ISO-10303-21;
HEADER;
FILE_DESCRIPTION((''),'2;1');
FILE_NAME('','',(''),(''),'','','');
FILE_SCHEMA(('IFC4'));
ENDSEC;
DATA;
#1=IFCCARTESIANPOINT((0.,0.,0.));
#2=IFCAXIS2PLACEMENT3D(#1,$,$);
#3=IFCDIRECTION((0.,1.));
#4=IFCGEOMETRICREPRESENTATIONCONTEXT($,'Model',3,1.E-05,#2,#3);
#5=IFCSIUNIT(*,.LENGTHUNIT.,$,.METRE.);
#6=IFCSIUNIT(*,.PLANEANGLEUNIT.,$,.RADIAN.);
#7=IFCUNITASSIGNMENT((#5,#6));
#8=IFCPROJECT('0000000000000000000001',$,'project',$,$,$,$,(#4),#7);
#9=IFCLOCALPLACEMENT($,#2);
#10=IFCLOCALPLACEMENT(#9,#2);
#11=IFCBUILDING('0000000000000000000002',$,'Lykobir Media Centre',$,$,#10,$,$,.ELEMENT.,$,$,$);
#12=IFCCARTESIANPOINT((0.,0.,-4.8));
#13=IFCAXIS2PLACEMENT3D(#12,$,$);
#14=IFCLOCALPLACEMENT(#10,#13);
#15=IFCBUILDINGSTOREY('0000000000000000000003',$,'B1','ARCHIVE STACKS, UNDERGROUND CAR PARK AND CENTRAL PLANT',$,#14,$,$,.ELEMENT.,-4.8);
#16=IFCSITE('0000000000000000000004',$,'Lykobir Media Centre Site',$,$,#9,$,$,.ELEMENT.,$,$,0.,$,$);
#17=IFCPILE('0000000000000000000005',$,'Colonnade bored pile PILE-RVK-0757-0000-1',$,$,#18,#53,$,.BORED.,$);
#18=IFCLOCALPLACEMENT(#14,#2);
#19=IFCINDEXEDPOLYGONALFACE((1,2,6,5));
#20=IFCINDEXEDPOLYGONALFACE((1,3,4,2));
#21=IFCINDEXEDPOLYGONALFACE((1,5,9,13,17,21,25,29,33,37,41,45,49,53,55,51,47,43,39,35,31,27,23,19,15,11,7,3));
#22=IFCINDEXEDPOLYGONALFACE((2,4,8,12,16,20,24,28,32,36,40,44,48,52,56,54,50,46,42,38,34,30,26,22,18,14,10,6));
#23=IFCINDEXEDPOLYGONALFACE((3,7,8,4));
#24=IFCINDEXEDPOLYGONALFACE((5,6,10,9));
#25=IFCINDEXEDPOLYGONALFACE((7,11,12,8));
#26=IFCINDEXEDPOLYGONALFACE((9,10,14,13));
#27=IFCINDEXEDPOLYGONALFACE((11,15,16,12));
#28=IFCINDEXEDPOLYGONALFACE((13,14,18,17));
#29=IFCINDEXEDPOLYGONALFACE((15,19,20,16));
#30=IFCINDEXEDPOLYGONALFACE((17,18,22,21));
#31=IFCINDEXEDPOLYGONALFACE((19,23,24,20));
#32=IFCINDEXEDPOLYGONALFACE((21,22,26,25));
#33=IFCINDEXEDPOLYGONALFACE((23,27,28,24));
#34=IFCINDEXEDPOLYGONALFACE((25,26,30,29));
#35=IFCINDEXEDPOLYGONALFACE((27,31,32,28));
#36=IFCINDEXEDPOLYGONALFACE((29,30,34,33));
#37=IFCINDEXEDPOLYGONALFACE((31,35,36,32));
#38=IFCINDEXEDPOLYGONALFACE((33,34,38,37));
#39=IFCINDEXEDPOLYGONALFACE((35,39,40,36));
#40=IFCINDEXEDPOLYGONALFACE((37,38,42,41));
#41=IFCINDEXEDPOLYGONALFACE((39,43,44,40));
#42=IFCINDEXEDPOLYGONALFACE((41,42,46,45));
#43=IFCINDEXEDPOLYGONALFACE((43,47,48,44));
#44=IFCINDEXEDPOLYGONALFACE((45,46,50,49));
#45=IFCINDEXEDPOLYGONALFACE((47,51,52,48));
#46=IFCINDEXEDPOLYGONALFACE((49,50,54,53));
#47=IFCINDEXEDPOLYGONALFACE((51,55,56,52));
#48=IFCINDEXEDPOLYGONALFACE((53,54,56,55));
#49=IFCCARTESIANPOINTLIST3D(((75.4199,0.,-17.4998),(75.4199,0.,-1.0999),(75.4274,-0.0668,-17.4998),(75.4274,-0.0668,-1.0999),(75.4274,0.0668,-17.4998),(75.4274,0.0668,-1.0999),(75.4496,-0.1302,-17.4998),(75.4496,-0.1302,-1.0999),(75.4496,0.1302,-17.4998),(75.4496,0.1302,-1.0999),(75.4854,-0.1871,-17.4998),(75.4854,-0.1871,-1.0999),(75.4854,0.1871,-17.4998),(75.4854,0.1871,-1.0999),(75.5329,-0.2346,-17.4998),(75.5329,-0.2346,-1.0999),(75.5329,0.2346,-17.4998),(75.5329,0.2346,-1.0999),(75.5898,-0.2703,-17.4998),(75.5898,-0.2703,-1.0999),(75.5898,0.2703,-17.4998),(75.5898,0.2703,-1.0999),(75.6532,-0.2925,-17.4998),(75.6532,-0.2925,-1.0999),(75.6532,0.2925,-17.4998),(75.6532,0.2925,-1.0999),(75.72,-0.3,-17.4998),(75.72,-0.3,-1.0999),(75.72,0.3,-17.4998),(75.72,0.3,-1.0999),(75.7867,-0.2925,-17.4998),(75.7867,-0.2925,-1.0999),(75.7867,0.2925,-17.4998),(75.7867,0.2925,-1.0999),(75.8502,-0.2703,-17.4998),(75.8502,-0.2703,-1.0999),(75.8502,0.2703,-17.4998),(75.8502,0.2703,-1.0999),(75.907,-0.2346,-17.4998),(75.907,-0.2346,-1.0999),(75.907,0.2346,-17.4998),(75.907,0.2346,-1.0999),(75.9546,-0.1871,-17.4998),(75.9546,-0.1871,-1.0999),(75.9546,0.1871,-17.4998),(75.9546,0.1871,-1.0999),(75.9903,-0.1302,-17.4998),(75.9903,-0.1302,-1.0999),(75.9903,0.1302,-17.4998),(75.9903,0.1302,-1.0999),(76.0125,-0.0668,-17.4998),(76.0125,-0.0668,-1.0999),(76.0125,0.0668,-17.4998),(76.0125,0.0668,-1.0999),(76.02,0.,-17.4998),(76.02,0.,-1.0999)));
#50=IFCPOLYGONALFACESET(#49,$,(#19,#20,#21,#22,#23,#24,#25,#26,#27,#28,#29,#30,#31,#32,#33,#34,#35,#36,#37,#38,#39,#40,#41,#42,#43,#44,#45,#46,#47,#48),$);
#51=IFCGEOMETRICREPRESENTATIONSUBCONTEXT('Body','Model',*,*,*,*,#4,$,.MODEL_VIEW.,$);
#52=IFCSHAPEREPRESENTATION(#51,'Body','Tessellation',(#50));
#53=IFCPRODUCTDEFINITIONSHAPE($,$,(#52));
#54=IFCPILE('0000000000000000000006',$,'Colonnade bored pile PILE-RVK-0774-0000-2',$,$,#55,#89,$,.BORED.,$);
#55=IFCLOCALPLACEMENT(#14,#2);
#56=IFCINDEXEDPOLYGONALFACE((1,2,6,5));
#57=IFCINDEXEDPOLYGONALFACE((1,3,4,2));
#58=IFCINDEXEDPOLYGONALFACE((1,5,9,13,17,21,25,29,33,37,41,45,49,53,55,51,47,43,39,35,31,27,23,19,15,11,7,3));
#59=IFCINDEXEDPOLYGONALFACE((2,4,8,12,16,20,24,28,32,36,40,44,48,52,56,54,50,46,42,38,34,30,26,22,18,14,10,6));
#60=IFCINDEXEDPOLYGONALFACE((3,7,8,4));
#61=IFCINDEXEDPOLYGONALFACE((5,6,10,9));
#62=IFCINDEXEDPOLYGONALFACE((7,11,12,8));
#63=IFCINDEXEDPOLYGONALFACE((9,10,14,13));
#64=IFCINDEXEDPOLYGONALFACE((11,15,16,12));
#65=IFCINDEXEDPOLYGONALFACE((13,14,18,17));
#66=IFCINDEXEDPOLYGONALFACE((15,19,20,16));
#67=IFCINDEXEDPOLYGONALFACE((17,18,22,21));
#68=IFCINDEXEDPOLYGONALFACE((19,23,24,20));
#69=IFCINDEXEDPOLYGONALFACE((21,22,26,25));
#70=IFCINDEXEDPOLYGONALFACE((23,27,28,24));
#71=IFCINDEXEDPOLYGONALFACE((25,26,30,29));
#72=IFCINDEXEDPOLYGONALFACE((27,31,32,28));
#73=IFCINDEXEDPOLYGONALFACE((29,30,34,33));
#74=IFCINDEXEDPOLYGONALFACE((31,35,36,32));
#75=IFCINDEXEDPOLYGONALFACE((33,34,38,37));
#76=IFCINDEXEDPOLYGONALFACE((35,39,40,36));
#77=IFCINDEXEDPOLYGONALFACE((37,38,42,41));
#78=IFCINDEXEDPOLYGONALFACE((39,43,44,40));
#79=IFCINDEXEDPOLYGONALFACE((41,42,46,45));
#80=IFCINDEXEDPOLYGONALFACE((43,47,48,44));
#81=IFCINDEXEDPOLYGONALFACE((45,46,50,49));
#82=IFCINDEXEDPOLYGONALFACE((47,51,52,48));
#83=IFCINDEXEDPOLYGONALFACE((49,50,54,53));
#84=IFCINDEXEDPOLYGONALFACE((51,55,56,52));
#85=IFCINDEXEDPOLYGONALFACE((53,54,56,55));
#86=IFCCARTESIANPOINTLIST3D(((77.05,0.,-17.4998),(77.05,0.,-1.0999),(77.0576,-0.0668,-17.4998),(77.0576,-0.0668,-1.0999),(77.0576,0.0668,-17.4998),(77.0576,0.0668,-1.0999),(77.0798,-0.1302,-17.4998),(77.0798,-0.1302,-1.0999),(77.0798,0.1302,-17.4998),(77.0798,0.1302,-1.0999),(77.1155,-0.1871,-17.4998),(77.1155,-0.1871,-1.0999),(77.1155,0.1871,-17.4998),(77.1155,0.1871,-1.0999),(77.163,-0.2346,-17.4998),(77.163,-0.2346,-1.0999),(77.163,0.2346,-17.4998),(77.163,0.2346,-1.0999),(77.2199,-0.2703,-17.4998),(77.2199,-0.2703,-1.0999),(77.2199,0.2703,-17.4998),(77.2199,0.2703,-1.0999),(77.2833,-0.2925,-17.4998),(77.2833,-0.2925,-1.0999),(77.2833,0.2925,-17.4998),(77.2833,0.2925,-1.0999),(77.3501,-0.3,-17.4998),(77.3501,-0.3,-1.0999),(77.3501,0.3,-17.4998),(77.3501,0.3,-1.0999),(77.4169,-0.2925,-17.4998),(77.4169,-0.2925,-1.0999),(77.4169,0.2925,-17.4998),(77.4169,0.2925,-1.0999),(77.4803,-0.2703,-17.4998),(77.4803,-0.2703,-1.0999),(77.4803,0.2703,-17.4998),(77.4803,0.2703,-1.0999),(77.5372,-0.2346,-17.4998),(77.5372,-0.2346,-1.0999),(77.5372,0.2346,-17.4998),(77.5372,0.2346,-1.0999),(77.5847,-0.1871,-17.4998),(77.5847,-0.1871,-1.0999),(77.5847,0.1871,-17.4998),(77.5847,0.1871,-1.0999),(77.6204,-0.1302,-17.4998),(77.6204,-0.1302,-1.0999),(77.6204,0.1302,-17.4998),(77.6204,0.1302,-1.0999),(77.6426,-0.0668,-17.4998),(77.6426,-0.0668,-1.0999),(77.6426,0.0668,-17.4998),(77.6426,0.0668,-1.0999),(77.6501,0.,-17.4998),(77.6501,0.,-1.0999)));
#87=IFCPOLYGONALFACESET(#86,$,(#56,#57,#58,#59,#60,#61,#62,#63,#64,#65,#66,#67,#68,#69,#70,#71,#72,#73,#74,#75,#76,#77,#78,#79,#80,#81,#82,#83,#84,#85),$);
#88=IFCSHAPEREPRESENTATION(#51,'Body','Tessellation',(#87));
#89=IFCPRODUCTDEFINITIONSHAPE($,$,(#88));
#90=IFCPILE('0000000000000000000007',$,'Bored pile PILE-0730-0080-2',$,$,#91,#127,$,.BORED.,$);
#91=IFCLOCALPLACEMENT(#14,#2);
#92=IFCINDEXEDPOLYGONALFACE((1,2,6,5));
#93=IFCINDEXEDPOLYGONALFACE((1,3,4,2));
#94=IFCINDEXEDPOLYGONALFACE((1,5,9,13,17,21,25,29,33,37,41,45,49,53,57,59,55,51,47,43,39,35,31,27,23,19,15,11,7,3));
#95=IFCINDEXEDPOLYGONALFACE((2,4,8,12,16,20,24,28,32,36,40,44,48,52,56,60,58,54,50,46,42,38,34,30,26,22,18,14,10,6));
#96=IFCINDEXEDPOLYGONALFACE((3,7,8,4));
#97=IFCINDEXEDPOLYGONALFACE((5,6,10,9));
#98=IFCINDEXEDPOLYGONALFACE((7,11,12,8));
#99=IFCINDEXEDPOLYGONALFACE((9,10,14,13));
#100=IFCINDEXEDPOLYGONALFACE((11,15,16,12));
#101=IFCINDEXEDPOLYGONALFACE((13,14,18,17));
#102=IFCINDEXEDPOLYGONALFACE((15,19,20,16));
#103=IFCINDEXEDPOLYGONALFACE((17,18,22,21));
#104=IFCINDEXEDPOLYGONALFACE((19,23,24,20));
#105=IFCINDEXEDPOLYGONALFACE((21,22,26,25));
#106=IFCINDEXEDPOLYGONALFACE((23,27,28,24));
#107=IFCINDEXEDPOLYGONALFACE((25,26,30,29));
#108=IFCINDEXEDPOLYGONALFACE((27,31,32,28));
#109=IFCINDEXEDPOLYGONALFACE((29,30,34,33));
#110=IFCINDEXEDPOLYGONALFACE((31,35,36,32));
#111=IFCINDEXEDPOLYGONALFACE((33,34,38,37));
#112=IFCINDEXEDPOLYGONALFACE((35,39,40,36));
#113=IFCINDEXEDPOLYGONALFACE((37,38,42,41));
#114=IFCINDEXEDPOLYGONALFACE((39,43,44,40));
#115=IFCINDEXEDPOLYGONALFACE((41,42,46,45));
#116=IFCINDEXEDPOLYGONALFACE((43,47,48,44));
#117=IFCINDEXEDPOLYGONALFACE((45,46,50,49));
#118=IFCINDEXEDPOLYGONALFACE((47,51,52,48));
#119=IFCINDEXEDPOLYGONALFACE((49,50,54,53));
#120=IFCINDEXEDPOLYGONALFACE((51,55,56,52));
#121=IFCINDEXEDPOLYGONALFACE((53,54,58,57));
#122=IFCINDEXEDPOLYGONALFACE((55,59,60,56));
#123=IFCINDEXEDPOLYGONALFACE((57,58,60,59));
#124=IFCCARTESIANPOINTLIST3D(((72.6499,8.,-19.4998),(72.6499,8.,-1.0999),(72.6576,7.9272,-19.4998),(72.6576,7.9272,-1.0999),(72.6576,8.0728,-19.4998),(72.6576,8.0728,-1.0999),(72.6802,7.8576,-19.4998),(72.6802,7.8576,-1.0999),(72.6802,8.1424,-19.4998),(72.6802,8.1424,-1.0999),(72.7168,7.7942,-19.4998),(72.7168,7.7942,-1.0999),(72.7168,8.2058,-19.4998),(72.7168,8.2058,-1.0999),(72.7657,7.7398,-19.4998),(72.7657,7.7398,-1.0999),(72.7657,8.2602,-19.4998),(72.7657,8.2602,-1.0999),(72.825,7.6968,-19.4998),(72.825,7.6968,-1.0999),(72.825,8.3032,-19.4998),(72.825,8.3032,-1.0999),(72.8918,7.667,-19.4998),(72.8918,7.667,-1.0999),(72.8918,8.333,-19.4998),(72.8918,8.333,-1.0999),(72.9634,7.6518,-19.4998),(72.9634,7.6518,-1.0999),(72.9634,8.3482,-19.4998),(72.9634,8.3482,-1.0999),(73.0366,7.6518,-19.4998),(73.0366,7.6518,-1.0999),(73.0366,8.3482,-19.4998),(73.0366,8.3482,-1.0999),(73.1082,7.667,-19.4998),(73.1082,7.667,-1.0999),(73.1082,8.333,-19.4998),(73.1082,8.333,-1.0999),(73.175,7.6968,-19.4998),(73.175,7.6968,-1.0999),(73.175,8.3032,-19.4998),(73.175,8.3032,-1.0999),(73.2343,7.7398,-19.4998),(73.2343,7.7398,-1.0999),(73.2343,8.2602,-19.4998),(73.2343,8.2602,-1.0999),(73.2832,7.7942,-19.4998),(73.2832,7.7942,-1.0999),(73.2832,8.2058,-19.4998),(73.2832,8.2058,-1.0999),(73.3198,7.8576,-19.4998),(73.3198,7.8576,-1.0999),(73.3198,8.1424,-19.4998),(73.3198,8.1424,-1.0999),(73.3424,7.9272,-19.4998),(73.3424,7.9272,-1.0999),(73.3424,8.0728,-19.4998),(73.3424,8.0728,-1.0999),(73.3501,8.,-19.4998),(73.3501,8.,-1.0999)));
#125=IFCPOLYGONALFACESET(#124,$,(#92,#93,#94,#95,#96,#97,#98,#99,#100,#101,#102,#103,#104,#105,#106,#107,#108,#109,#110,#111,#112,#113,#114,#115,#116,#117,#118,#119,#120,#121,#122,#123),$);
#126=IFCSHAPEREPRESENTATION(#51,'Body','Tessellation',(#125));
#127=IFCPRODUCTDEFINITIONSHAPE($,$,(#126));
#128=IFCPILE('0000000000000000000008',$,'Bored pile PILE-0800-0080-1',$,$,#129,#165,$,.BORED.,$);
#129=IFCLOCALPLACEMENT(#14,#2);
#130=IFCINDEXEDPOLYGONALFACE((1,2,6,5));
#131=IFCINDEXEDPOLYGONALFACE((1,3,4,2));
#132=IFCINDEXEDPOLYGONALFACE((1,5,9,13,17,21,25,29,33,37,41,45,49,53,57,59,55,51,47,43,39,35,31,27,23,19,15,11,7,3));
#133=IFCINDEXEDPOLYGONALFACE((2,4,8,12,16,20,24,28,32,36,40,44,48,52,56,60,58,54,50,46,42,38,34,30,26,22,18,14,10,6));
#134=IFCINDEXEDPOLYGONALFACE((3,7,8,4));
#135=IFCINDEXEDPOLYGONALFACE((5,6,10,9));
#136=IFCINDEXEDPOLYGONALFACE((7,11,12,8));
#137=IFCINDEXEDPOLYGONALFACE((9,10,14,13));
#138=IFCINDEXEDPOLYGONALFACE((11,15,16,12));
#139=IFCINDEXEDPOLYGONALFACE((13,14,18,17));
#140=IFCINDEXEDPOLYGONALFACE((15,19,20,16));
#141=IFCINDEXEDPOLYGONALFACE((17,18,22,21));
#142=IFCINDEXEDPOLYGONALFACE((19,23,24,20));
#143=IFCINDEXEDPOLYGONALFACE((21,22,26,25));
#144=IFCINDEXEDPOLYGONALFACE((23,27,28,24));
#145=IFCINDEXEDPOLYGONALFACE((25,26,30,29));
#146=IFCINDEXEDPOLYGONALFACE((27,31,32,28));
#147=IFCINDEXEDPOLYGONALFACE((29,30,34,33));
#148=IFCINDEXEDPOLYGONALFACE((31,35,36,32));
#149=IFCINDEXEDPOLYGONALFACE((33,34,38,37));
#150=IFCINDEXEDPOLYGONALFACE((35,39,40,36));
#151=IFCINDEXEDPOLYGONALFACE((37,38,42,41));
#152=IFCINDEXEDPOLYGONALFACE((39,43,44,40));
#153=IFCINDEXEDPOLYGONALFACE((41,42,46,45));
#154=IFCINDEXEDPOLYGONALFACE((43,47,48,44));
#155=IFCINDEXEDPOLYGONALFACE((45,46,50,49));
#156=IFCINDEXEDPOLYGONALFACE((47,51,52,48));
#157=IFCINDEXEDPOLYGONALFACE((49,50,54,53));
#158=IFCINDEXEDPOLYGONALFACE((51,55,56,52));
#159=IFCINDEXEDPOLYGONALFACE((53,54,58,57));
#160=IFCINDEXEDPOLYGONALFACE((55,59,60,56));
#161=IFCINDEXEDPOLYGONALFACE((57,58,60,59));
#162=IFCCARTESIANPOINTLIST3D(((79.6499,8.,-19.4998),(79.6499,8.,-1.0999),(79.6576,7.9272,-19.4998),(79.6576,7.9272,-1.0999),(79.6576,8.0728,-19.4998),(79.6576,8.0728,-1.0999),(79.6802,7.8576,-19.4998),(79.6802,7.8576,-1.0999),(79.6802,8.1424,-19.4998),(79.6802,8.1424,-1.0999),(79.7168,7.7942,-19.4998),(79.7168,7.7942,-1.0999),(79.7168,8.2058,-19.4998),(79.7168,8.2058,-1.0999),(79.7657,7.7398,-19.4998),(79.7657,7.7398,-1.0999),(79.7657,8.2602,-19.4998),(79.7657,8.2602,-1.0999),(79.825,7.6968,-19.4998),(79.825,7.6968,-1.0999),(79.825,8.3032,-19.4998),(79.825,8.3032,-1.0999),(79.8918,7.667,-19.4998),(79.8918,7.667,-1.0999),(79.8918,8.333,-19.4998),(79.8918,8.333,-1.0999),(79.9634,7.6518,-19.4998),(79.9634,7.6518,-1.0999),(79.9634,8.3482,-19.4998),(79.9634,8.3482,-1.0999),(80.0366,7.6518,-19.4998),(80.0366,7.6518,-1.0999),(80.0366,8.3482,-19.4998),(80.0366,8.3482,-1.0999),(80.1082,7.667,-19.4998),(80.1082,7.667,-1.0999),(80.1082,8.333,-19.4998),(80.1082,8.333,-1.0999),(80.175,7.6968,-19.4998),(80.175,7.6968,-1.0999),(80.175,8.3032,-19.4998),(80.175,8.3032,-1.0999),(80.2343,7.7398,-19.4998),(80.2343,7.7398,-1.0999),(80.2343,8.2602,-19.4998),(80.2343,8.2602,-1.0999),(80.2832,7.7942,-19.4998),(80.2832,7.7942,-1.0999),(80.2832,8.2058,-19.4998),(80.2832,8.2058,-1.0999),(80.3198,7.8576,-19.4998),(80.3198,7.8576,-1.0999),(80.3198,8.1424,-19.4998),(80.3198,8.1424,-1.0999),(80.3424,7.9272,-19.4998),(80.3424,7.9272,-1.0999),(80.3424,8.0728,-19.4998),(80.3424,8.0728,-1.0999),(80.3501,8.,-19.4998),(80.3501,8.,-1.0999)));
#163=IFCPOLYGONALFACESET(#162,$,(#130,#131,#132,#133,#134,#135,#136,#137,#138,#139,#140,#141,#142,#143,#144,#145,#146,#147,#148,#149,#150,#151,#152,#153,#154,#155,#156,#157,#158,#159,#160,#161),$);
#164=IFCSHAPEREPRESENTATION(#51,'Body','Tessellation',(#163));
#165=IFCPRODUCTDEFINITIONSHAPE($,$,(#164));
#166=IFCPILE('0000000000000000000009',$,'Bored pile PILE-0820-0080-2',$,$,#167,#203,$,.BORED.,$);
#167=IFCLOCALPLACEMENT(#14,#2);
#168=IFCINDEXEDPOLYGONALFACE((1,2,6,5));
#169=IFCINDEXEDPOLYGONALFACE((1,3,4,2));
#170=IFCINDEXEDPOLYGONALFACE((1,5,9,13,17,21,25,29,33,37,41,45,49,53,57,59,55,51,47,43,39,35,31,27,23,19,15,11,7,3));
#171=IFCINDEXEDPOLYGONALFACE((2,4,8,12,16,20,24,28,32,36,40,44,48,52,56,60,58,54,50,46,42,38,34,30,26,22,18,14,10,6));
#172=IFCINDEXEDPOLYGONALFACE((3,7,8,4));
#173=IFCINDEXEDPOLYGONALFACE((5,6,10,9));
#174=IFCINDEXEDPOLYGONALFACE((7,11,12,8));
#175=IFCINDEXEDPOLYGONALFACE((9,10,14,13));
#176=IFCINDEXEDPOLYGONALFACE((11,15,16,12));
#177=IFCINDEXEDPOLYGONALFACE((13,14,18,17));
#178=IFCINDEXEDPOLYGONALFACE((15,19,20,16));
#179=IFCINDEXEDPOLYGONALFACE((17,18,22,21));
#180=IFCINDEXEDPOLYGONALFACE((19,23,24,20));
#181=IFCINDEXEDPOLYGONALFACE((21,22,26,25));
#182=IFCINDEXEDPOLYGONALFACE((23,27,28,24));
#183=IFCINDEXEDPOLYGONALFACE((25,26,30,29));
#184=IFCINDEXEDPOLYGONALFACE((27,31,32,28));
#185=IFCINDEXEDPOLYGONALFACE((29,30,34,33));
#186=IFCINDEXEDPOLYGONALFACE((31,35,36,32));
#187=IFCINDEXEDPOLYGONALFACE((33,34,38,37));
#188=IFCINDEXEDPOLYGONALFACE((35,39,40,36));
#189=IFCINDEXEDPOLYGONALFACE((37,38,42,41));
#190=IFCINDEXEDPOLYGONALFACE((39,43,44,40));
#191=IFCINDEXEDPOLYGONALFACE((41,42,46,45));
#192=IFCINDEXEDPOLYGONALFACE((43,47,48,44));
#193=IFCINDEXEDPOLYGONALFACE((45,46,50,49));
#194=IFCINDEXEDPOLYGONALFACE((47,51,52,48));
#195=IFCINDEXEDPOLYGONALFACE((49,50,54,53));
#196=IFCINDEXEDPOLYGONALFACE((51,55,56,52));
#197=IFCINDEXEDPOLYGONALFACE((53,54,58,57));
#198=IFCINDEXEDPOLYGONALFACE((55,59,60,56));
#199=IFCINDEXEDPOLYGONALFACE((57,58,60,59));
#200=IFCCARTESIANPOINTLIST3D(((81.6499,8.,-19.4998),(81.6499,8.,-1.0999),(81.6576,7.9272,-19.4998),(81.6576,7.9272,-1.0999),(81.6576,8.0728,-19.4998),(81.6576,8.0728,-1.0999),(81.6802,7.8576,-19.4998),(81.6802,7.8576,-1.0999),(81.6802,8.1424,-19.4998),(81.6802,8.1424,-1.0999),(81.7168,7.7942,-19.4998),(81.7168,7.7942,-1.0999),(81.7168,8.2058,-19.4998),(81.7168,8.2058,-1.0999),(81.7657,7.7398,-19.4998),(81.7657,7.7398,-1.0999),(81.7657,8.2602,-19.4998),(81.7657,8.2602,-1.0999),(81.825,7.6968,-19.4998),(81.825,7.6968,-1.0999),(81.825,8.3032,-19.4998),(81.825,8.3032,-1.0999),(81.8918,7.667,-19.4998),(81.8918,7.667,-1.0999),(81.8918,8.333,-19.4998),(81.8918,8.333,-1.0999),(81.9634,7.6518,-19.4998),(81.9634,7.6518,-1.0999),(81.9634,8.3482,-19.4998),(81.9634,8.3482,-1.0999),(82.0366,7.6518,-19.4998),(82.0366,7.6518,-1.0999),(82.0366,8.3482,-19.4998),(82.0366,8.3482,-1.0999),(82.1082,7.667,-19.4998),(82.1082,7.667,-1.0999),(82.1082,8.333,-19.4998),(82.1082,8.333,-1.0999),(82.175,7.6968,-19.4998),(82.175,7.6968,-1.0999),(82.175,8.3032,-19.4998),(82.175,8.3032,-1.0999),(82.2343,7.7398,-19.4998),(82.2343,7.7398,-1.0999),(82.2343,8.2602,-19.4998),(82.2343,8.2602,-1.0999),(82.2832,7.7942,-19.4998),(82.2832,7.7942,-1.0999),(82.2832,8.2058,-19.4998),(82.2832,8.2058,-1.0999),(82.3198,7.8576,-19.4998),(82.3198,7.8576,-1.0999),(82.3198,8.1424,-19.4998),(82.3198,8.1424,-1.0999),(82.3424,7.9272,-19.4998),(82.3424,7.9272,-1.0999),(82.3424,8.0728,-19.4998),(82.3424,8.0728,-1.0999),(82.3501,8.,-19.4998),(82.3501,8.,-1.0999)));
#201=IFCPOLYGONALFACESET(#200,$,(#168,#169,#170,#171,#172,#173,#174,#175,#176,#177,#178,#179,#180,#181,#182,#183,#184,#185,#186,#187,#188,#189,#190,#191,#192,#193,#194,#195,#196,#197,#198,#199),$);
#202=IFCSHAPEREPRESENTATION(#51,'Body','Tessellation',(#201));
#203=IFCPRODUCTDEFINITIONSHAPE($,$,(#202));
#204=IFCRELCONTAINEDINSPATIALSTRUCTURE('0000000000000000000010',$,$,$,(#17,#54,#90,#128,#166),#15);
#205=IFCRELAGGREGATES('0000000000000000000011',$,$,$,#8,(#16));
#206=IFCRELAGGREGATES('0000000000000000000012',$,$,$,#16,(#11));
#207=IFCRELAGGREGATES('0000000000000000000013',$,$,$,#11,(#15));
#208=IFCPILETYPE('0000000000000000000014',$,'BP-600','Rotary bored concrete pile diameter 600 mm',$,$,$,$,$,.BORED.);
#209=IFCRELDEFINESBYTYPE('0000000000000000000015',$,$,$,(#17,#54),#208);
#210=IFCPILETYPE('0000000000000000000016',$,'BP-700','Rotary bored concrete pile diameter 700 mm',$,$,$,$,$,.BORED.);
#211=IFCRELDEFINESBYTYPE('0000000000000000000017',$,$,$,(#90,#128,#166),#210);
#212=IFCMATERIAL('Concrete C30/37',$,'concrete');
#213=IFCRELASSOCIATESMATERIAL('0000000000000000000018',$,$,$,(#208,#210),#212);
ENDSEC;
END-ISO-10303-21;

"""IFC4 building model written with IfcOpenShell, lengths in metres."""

from ifc_helpers import new_model, si_unit, direction, frame, origin, origin_2d, place, context, subcontext, project, spatial, circle, extrude, material, material_profile, profile_set, type_object, element, save


model = new_model("IFC4")

# Units and contexts
model_context = context("Model", 3, precision=1e-05, world=origin(), true_north=direction((0.0, 1.0)))
body_context = subcontext(model_context, "Body", "Model", "MODEL_VIEW")
ifc_project = project(units=[si_unit("LENGTHUNIT", "METRE"), si_unit("PLANEANGLEUNIT", "RADIAN")], contexts=[model_context])

# Site, building, storey
site_placement = place(None, origin())
site = spatial("IfcSite", under=ifc_project, at=site_placement, Name="Lykobir Media Centre Site", CompositionType="ELEMENT", RefElevation=0.0)
building_placement = place(site_placement, origin())
building = spatial("IfcBuilding", under=site, at=building_placement, Name="Lykobir Media Centre", CompositionType="ELEMENT")
storey_placement = place(building_placement, frame((0.0, 0.0, -4.8)))
storey = spatial("IfcBuildingStorey", under=building, at=storey_placement, Name="B1", Description="ARCHIVE STACKS, UNDERGROUND CAR PARK AND CENTRAL PLANT", CompositionType="ELEMENT", Elevation=-4.8)

# Piles
ifc_material_1 = material(Name="Concrete C30/37", Category="concrete")
ifc_material_profile_1 = material_profile(ifc_material_1, circle(Radius=0.3, at=origin_2d()), Name="BORED PILE D600")
ifc_profile_set_1 = profile_set([ifc_material_profile_1], Name="Concrete C30/37")
pile_type_1 = type_object("IfcPileType", Name="BP-600", Description="Rotary bored concrete pile diameter 600 mm", PredefinedType="BORED", material=ifc_profile_set_1)
for number, where, z_axis, x_axis, name in (
    (1, (75.72, 0.0, -1.0999), (0.0, 0.0, -1.0), (1.0, 0.0, 0.0), "Colonnade bored pile PILE-RVK-0757-0000-1"),
    (2, (77.3501, 0.0, -1.0999), (0.0, 0.0, -1.0), (1.0, 0.0, 0.0), "Colonnade bored pile PILE-RVK-0774-0000-2"),
):
    element("IfcPile", number, at=place(storey_placement, frame(where, z_axis=z_axis, x_axis=x_axis)), inside=storey, type_object=pile_type_1, Name=name, PredefinedType="BORED", context=body_context, shape_type="SweptSolid", body=[
        extrude(circle(Radius=0.3, at=origin_2d()), origin(), (0.0, 0.0, 1.0), 16.3999),
    ])
ifc_material_profile_2 = material_profile(ifc_material_1, circle(Radius=0.3501, at=origin_2d()), Name="BORED PILE D700")
ifc_profile_set_2 = profile_set([ifc_material_profile_2], Name="Concrete C30/37")
pile_type_2 = type_object("IfcPileType", Name="BP-700", Description="Rotary bored concrete pile diameter 700 mm", PredefinedType="BORED", material=ifc_profile_set_2)
for number, where, z_axis, x_axis, name in (
    (3, (73.0, 8.0, -1.0999), (0.0, 0.0, -1.0), (1.0, 0.0, 0.0), "Bored pile PILE-0730-0080-2"),
    (4, (80.0, 8.0, -1.0999), (0.0, 0.0, -1.0), (1.0, 0.0, 0.0), "Bored pile PILE-0800-0080-1"),
    (5, (82.0, 8.0, -1.0999), (0.0, 0.0, -1.0), (1.0, 0.0, 0.0), "Bored pile PILE-0820-0080-2"),
):
    element("IfcPile", number, at=place(storey_placement, frame(where, z_axis=z_axis, x_axis=x_axis)), inside=storey, type_object=pile_type_2, Name=name, PredefinedType="BORED", context=body_context, shape_type="SweptSolid", body=[
        extrude(circle(Radius=0.3501, at=origin_2d()), origin(), (0.0, 0.0, 1.0), 18.3999),
    ])

save(model, "model.ifc")
